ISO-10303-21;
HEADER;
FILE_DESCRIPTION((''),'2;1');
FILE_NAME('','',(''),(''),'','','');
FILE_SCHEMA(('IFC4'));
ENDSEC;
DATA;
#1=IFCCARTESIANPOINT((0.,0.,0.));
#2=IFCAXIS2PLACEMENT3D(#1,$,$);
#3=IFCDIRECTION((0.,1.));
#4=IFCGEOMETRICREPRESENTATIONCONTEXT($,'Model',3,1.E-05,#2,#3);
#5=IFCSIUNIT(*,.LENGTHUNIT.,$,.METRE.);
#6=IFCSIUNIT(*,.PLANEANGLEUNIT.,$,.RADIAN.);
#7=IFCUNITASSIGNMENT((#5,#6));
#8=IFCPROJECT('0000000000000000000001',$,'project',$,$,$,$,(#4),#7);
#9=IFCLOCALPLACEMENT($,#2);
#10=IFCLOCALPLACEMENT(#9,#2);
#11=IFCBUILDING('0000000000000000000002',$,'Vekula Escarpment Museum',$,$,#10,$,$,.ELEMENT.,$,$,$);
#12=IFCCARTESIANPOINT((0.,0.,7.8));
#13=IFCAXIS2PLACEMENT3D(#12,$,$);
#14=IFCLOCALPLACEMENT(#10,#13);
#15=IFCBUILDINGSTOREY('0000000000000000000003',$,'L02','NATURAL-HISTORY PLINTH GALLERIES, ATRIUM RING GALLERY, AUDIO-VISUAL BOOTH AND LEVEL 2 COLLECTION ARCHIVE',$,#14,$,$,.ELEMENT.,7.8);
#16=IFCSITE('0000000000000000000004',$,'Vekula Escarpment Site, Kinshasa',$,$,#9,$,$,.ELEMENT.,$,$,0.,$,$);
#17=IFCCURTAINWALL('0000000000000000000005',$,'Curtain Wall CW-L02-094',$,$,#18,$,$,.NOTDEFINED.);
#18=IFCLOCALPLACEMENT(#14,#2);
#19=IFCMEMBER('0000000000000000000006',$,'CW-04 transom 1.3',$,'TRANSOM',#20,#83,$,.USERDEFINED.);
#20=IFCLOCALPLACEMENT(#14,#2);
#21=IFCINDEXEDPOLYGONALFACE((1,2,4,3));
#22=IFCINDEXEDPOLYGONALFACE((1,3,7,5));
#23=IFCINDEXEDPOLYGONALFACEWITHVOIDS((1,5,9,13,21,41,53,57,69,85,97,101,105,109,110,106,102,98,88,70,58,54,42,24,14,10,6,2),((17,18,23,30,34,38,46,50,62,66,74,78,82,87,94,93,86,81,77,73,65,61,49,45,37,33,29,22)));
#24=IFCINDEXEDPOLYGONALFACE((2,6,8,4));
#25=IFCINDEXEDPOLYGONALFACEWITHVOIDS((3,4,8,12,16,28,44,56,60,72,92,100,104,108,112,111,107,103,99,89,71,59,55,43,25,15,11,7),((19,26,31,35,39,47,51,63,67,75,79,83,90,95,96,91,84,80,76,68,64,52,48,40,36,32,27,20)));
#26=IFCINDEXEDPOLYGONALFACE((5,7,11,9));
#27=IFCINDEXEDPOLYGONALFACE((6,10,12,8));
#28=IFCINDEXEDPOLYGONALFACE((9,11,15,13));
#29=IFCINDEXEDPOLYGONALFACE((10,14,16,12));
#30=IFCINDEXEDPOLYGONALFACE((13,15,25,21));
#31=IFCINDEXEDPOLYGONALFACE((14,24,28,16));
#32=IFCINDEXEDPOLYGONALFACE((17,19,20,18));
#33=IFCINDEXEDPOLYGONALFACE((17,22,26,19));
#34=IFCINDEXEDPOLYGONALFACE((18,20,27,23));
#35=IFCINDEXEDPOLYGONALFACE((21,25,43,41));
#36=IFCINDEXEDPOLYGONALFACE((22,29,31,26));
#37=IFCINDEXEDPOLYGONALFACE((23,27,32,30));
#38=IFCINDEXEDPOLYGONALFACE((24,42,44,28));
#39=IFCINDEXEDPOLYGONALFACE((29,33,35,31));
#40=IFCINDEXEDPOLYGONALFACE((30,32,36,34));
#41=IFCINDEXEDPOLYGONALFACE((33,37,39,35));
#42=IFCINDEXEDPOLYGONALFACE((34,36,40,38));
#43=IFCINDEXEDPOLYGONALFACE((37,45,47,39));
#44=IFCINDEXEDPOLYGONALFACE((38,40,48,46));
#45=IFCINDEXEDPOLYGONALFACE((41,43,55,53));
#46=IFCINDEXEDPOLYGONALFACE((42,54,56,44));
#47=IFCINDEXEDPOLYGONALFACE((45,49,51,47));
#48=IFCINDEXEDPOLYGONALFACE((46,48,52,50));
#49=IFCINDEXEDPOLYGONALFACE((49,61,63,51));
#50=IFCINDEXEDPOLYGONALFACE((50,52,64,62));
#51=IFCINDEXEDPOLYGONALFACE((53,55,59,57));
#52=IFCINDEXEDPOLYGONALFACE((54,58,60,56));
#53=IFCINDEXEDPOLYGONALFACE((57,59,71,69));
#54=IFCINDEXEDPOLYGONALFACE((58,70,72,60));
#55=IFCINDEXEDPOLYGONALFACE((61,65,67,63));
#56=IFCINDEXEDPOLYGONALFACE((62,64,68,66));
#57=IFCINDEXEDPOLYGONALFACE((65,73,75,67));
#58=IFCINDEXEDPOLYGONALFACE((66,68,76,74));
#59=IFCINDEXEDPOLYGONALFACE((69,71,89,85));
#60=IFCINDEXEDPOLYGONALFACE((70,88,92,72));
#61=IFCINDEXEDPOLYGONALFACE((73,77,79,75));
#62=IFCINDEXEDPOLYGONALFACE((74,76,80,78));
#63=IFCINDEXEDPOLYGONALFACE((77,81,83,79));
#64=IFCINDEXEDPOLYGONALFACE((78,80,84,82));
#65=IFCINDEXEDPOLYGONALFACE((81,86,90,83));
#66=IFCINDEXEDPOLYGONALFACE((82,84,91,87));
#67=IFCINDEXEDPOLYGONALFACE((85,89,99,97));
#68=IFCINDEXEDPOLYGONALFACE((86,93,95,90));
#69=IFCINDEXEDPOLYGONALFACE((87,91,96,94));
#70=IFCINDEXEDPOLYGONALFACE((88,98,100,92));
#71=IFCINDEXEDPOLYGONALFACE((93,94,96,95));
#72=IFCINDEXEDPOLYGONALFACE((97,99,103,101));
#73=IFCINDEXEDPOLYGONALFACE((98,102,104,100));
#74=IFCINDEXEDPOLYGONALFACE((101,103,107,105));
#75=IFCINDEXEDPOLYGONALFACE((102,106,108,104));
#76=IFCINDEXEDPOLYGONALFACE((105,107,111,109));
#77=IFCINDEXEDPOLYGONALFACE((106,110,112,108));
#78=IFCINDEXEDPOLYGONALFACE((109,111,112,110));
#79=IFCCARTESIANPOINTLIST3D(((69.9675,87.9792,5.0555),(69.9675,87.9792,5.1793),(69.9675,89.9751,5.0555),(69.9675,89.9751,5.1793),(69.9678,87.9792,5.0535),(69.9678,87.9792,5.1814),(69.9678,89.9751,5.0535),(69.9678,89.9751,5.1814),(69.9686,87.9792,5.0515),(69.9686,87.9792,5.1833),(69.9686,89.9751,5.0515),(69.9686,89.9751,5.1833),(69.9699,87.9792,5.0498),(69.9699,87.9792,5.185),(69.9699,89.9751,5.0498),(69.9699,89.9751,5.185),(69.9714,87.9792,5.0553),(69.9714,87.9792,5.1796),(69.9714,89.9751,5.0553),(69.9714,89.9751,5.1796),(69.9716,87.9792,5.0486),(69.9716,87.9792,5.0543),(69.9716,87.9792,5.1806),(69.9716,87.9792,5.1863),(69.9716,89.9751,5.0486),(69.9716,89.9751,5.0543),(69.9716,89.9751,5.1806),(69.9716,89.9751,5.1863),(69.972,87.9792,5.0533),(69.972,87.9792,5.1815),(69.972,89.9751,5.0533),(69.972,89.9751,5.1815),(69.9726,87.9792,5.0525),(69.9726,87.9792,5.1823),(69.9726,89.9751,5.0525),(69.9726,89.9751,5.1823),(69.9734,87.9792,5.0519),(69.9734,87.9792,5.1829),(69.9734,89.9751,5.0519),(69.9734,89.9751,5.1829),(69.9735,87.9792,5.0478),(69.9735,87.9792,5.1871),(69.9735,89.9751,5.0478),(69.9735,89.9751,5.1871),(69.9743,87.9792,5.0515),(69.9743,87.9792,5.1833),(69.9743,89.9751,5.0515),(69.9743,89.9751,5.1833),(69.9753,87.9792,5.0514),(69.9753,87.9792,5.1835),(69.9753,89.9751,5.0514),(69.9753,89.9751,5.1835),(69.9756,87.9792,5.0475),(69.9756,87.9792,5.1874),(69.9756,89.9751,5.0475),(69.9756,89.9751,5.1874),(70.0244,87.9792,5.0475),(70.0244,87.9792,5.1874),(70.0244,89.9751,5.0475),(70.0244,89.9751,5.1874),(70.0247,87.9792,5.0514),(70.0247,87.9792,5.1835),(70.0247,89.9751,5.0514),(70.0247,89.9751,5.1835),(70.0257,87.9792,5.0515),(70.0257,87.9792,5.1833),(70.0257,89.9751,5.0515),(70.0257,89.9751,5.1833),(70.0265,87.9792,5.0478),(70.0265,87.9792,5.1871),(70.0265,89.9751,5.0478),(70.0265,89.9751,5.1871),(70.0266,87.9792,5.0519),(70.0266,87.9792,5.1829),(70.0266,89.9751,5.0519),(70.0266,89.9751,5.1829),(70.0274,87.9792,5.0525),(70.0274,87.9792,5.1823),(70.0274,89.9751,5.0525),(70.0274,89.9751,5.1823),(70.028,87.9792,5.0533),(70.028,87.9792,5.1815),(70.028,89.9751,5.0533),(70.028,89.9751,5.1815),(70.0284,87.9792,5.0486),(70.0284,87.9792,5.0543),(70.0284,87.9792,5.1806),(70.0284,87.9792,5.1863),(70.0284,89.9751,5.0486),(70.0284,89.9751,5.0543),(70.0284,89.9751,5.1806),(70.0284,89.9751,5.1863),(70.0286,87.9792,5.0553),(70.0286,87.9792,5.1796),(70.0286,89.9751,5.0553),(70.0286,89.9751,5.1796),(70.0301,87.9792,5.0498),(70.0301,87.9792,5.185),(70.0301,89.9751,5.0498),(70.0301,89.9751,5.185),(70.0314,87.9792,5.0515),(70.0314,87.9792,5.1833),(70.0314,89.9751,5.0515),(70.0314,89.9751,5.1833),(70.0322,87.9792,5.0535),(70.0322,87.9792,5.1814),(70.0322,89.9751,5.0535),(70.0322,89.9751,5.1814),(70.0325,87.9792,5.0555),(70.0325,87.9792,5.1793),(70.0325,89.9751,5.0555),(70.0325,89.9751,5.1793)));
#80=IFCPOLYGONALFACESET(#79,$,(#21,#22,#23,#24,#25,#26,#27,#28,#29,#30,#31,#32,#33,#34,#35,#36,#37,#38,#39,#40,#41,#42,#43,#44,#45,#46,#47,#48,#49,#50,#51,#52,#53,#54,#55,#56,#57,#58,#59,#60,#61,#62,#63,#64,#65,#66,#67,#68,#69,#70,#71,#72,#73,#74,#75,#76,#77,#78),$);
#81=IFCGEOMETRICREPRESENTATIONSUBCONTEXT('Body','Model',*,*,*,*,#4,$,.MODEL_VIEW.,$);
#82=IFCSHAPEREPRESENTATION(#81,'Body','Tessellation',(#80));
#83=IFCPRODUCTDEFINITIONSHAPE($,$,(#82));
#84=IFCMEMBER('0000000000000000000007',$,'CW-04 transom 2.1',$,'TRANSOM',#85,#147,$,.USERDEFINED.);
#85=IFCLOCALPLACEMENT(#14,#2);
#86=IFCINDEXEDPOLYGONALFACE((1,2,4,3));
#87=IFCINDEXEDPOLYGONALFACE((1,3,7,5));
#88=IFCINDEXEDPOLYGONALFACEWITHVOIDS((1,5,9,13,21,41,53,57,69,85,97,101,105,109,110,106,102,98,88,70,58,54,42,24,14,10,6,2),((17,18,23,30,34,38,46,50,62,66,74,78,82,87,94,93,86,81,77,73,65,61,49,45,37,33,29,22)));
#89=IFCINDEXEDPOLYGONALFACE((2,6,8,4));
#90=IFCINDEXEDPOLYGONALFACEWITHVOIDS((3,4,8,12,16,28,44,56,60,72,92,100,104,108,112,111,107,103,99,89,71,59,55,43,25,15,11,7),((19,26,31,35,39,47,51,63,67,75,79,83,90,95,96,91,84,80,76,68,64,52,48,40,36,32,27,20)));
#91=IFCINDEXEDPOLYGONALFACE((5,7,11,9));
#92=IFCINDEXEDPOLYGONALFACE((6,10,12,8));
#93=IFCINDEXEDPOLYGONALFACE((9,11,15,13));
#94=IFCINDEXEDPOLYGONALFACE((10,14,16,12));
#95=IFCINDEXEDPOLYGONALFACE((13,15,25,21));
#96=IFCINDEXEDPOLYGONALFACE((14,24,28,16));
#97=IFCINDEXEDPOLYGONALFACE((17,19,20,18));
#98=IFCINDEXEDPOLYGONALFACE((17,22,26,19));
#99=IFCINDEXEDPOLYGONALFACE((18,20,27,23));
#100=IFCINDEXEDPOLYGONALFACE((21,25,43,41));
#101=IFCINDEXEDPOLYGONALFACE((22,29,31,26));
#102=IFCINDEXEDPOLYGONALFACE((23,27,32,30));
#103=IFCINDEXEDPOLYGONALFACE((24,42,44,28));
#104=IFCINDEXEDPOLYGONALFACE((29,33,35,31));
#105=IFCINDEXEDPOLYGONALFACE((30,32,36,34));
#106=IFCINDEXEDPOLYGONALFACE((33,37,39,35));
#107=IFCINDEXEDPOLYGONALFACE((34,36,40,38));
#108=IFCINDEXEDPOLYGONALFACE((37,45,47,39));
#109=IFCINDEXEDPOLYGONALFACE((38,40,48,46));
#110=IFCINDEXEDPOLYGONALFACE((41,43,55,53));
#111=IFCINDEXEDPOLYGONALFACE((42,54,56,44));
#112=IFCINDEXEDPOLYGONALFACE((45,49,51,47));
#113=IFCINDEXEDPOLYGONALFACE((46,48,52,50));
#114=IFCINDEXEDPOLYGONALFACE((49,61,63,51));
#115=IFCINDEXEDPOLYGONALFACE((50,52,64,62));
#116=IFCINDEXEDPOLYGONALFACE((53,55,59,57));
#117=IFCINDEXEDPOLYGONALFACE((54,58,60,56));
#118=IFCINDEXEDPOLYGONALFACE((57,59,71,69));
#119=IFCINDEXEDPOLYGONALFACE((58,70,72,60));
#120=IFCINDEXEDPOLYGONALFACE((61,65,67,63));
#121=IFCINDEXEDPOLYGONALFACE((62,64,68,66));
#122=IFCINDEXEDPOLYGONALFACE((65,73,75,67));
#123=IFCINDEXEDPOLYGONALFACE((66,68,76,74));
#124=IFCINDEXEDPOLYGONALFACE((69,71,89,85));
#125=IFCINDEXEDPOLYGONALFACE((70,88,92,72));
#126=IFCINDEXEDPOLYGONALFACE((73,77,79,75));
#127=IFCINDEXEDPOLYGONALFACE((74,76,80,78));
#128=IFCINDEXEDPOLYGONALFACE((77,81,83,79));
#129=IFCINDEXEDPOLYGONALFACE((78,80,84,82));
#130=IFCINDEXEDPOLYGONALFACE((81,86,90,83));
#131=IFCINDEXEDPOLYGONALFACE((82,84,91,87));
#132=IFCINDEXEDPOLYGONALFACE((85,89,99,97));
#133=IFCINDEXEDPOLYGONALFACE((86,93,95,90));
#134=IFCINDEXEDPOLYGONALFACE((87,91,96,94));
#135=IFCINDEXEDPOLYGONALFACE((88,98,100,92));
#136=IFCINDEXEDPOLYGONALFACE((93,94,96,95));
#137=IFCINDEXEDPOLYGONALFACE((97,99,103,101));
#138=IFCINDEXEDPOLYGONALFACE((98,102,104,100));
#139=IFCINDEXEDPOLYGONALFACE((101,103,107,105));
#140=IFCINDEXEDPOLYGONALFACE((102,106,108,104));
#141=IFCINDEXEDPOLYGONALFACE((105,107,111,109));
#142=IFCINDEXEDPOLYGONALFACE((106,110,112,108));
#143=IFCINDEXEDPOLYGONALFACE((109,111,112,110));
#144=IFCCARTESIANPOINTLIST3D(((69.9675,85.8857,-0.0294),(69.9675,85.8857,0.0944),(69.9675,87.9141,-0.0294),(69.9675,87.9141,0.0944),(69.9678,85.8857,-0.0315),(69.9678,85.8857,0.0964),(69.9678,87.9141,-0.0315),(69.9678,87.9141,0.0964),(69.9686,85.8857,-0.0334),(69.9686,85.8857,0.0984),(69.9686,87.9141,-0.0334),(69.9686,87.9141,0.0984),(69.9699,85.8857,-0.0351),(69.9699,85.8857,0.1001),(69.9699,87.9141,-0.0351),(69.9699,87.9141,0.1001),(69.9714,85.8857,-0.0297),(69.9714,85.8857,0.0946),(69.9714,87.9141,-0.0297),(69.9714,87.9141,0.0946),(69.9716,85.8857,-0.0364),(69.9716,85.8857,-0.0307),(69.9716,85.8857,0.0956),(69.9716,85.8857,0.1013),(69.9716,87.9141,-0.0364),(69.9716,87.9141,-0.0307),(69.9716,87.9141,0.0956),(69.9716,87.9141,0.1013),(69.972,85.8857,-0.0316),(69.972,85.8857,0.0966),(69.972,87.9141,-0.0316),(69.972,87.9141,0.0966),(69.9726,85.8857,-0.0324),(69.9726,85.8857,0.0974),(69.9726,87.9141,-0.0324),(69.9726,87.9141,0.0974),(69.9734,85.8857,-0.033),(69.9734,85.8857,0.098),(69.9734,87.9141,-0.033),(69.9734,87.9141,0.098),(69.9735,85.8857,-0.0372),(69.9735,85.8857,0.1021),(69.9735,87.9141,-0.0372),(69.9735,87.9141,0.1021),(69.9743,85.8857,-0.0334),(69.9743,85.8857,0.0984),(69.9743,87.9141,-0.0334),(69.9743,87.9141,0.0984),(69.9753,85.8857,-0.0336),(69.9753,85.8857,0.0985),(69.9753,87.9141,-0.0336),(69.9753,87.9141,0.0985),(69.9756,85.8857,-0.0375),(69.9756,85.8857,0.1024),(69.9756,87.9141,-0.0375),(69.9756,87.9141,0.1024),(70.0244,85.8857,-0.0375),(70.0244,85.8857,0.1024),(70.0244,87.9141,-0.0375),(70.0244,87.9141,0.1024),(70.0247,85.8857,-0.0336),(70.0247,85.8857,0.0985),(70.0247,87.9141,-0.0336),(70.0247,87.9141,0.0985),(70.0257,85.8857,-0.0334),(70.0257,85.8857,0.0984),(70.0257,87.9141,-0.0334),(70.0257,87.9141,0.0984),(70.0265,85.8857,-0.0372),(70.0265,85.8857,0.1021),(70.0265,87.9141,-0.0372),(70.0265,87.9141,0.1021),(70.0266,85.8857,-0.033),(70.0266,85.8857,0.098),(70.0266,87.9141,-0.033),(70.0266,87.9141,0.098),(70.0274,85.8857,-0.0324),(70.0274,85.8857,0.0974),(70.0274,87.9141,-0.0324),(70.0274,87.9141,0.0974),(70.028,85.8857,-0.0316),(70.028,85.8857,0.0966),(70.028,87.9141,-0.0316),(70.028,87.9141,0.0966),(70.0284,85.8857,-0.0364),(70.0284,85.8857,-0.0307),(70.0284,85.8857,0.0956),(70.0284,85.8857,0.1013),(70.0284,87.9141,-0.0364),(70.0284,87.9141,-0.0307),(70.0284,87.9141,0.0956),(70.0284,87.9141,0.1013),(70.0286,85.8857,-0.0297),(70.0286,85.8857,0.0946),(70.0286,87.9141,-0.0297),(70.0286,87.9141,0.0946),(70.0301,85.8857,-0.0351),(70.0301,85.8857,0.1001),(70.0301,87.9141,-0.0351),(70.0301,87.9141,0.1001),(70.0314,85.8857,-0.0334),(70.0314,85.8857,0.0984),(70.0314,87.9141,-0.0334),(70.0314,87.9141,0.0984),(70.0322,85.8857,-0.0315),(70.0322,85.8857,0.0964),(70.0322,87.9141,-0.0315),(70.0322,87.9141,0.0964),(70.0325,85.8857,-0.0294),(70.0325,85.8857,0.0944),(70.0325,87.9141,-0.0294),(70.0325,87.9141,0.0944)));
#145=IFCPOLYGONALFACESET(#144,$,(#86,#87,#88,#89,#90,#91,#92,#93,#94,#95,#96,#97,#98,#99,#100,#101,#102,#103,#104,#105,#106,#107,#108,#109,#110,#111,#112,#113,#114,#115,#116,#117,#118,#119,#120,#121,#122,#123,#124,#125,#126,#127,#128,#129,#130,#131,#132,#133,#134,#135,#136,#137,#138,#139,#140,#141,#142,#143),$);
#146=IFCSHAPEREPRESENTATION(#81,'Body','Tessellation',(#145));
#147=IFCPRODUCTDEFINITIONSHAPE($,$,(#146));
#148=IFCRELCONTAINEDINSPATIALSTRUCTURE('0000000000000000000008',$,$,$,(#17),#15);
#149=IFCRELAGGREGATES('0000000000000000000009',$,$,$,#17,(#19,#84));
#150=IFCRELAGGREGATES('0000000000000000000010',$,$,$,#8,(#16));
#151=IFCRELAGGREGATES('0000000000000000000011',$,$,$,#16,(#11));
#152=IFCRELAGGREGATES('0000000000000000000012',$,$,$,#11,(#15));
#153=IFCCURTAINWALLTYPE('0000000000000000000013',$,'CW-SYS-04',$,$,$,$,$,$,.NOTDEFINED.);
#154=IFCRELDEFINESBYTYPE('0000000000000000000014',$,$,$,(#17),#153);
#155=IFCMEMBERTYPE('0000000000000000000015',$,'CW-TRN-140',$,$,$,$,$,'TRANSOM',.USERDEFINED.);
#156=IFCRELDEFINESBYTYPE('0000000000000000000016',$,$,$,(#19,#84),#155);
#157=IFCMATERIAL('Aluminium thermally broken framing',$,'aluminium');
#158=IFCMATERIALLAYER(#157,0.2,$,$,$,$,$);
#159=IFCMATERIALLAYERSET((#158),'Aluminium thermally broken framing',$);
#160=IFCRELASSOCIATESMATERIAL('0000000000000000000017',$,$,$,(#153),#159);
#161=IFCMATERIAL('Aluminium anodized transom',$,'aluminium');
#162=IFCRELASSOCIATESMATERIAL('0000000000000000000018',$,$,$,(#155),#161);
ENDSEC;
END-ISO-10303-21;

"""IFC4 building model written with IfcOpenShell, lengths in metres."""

from ifc_helpers import new_model, si_unit, direction, frame, origin, origin_2d, place, context, subcontext, project, spatial, hollow_rectangle, extrude, material, layer, layer_set, material_profile, profile_set, type_object, element, aggregate, save


model = new_model("IFC4")

# Units and contexts
model_context = context("Model", 3, precision=1e-05, world=origin(), true_north=direction((0.0, 1.0)))
body_context = subcontext(model_context, "Body", "Model", "MODEL_VIEW")
ifc_project = project(units=[si_unit("LENGTHUNIT", "METRE"), si_unit("PLANEANGLEUNIT", "RADIAN")], contexts=[model_context])

# Site, building, storey
site_placement = place(None, origin())
site = spatial("IfcSite", under=ifc_project, at=site_placement, Name="Vekula Escarpment Site, Kinshasa", CompositionType="ELEMENT", RefElevation=0.0)
building_placement = place(site_placement, origin())
building = spatial("IfcBuilding", under=site, at=building_placement, Name="Vekula Escarpment Museum", CompositionType="ELEMENT")
storey_placement = place(building_placement, frame((0.0, 0.0, 7.8)))
storey = spatial("IfcBuildingStorey", under=building, at=storey_placement, Name="L02", Description="NATURAL-HISTORY PLINTH GALLERIES, ATRIUM RING GALLERY, AUDIO-VISUAL BOOTH AND LEVEL 2 COLLECTION ARCHIVE", CompositionType="ELEMENT", Elevation=7.8)

# Curtain wall
ifc_material_1 = material(Name="Aluminium thermally broken framing", Category="aluminium")
ifc_layer_1 = layer(ifc_material_1, 0.2)
ifc_layer_set_1 = layer_set([ifc_layer_1], Name="Aluminium thermally broken framing")
curtain_wall_type_1 = type_object("IfcCurtainWallType", Name="CW-SYS-04", PredefinedType="NOTDEFINED", material=ifc_layer_set_1)
curtain_wall_1_placement = place(storey_placement, origin())
curtain_wall_1 = element("IfcCurtainWall", 1, at=curtain_wall_1_placement, inside=storey, type_object=curtain_wall_type_1, Name="Curtain Wall CW-L02-094", PredefinedType="NOTDEFINED")

# Members
ifc_material_2 = material(Name="Aluminium anodized transom", Category="aluminium")
ifc_material_profile_1 = material_profile(ifc_material_2, hollow_rectangle(XDim=0.0649, YDim=0.1399, WallThickness=0.0039, InnerFilletRadius=0.0039, OuterFilletRadius=0.0081, at=origin_2d()), Name="ALU 140x65x4")
ifc_profile_set_1 = profile_set([ifc_material_profile_1], Name="Aluminium anodized transom")
member_type_1 = type_object("IfcMemberType", Name="CW-TRN-140", ElementType="TRANSOM", PredefinedType="USERDEFINED", material=ifc_profile_set_1)
member_1_placement = place(storey_placement, frame((70.0, 89.9751, 5.1174), z_axis=(0.0, -1.0, 0.0), x_axis=(1.0, 0.0, 0.0)))
member_1 = element("IfcMember", 2, at=member_1_placement, type_object=member_type_1, Name="CW-04 transom 1.3", ObjectType="TRANSOM", PredefinedType="USERDEFINED", context=body_context, shape_type="SweptSolid", body=[
    extrude(hollow_rectangle(XDim=0.0649, YDim=0.1399, WallThickness=0.0039, InnerFilletRadius=0.0039, OuterFilletRadius=0.0081, at=origin_2d()), origin(), (0.0, 0.0, 1.0), 1.9958),
])
member_2_placement = place(storey_placement, frame((70.0, 87.9141, 0.0325), z_axis=(0.0, -1.0, 0.0), x_axis=(1.0, 0.0, 0.0)))
member_2 = element("IfcMember", 3, at=member_2_placement, type_object=member_type_1, Name="CW-04 transom 2.1", ObjectType="TRANSOM", PredefinedType="USERDEFINED", context=body_context, shape_type="SweptSolid", body=[
    extrude(hollow_rectangle(XDim=0.0649, YDim=0.1399, WallThickness=0.0039, InnerFilletRadius=0.0039, OuterFilletRadius=0.0081, at=origin_2d()), origin(), (0.0, 0.0, 1.0), 2.0283),
])

aggregate(curtain_wall_1, [member_1, member_2])

save(model, "model.ifc")
